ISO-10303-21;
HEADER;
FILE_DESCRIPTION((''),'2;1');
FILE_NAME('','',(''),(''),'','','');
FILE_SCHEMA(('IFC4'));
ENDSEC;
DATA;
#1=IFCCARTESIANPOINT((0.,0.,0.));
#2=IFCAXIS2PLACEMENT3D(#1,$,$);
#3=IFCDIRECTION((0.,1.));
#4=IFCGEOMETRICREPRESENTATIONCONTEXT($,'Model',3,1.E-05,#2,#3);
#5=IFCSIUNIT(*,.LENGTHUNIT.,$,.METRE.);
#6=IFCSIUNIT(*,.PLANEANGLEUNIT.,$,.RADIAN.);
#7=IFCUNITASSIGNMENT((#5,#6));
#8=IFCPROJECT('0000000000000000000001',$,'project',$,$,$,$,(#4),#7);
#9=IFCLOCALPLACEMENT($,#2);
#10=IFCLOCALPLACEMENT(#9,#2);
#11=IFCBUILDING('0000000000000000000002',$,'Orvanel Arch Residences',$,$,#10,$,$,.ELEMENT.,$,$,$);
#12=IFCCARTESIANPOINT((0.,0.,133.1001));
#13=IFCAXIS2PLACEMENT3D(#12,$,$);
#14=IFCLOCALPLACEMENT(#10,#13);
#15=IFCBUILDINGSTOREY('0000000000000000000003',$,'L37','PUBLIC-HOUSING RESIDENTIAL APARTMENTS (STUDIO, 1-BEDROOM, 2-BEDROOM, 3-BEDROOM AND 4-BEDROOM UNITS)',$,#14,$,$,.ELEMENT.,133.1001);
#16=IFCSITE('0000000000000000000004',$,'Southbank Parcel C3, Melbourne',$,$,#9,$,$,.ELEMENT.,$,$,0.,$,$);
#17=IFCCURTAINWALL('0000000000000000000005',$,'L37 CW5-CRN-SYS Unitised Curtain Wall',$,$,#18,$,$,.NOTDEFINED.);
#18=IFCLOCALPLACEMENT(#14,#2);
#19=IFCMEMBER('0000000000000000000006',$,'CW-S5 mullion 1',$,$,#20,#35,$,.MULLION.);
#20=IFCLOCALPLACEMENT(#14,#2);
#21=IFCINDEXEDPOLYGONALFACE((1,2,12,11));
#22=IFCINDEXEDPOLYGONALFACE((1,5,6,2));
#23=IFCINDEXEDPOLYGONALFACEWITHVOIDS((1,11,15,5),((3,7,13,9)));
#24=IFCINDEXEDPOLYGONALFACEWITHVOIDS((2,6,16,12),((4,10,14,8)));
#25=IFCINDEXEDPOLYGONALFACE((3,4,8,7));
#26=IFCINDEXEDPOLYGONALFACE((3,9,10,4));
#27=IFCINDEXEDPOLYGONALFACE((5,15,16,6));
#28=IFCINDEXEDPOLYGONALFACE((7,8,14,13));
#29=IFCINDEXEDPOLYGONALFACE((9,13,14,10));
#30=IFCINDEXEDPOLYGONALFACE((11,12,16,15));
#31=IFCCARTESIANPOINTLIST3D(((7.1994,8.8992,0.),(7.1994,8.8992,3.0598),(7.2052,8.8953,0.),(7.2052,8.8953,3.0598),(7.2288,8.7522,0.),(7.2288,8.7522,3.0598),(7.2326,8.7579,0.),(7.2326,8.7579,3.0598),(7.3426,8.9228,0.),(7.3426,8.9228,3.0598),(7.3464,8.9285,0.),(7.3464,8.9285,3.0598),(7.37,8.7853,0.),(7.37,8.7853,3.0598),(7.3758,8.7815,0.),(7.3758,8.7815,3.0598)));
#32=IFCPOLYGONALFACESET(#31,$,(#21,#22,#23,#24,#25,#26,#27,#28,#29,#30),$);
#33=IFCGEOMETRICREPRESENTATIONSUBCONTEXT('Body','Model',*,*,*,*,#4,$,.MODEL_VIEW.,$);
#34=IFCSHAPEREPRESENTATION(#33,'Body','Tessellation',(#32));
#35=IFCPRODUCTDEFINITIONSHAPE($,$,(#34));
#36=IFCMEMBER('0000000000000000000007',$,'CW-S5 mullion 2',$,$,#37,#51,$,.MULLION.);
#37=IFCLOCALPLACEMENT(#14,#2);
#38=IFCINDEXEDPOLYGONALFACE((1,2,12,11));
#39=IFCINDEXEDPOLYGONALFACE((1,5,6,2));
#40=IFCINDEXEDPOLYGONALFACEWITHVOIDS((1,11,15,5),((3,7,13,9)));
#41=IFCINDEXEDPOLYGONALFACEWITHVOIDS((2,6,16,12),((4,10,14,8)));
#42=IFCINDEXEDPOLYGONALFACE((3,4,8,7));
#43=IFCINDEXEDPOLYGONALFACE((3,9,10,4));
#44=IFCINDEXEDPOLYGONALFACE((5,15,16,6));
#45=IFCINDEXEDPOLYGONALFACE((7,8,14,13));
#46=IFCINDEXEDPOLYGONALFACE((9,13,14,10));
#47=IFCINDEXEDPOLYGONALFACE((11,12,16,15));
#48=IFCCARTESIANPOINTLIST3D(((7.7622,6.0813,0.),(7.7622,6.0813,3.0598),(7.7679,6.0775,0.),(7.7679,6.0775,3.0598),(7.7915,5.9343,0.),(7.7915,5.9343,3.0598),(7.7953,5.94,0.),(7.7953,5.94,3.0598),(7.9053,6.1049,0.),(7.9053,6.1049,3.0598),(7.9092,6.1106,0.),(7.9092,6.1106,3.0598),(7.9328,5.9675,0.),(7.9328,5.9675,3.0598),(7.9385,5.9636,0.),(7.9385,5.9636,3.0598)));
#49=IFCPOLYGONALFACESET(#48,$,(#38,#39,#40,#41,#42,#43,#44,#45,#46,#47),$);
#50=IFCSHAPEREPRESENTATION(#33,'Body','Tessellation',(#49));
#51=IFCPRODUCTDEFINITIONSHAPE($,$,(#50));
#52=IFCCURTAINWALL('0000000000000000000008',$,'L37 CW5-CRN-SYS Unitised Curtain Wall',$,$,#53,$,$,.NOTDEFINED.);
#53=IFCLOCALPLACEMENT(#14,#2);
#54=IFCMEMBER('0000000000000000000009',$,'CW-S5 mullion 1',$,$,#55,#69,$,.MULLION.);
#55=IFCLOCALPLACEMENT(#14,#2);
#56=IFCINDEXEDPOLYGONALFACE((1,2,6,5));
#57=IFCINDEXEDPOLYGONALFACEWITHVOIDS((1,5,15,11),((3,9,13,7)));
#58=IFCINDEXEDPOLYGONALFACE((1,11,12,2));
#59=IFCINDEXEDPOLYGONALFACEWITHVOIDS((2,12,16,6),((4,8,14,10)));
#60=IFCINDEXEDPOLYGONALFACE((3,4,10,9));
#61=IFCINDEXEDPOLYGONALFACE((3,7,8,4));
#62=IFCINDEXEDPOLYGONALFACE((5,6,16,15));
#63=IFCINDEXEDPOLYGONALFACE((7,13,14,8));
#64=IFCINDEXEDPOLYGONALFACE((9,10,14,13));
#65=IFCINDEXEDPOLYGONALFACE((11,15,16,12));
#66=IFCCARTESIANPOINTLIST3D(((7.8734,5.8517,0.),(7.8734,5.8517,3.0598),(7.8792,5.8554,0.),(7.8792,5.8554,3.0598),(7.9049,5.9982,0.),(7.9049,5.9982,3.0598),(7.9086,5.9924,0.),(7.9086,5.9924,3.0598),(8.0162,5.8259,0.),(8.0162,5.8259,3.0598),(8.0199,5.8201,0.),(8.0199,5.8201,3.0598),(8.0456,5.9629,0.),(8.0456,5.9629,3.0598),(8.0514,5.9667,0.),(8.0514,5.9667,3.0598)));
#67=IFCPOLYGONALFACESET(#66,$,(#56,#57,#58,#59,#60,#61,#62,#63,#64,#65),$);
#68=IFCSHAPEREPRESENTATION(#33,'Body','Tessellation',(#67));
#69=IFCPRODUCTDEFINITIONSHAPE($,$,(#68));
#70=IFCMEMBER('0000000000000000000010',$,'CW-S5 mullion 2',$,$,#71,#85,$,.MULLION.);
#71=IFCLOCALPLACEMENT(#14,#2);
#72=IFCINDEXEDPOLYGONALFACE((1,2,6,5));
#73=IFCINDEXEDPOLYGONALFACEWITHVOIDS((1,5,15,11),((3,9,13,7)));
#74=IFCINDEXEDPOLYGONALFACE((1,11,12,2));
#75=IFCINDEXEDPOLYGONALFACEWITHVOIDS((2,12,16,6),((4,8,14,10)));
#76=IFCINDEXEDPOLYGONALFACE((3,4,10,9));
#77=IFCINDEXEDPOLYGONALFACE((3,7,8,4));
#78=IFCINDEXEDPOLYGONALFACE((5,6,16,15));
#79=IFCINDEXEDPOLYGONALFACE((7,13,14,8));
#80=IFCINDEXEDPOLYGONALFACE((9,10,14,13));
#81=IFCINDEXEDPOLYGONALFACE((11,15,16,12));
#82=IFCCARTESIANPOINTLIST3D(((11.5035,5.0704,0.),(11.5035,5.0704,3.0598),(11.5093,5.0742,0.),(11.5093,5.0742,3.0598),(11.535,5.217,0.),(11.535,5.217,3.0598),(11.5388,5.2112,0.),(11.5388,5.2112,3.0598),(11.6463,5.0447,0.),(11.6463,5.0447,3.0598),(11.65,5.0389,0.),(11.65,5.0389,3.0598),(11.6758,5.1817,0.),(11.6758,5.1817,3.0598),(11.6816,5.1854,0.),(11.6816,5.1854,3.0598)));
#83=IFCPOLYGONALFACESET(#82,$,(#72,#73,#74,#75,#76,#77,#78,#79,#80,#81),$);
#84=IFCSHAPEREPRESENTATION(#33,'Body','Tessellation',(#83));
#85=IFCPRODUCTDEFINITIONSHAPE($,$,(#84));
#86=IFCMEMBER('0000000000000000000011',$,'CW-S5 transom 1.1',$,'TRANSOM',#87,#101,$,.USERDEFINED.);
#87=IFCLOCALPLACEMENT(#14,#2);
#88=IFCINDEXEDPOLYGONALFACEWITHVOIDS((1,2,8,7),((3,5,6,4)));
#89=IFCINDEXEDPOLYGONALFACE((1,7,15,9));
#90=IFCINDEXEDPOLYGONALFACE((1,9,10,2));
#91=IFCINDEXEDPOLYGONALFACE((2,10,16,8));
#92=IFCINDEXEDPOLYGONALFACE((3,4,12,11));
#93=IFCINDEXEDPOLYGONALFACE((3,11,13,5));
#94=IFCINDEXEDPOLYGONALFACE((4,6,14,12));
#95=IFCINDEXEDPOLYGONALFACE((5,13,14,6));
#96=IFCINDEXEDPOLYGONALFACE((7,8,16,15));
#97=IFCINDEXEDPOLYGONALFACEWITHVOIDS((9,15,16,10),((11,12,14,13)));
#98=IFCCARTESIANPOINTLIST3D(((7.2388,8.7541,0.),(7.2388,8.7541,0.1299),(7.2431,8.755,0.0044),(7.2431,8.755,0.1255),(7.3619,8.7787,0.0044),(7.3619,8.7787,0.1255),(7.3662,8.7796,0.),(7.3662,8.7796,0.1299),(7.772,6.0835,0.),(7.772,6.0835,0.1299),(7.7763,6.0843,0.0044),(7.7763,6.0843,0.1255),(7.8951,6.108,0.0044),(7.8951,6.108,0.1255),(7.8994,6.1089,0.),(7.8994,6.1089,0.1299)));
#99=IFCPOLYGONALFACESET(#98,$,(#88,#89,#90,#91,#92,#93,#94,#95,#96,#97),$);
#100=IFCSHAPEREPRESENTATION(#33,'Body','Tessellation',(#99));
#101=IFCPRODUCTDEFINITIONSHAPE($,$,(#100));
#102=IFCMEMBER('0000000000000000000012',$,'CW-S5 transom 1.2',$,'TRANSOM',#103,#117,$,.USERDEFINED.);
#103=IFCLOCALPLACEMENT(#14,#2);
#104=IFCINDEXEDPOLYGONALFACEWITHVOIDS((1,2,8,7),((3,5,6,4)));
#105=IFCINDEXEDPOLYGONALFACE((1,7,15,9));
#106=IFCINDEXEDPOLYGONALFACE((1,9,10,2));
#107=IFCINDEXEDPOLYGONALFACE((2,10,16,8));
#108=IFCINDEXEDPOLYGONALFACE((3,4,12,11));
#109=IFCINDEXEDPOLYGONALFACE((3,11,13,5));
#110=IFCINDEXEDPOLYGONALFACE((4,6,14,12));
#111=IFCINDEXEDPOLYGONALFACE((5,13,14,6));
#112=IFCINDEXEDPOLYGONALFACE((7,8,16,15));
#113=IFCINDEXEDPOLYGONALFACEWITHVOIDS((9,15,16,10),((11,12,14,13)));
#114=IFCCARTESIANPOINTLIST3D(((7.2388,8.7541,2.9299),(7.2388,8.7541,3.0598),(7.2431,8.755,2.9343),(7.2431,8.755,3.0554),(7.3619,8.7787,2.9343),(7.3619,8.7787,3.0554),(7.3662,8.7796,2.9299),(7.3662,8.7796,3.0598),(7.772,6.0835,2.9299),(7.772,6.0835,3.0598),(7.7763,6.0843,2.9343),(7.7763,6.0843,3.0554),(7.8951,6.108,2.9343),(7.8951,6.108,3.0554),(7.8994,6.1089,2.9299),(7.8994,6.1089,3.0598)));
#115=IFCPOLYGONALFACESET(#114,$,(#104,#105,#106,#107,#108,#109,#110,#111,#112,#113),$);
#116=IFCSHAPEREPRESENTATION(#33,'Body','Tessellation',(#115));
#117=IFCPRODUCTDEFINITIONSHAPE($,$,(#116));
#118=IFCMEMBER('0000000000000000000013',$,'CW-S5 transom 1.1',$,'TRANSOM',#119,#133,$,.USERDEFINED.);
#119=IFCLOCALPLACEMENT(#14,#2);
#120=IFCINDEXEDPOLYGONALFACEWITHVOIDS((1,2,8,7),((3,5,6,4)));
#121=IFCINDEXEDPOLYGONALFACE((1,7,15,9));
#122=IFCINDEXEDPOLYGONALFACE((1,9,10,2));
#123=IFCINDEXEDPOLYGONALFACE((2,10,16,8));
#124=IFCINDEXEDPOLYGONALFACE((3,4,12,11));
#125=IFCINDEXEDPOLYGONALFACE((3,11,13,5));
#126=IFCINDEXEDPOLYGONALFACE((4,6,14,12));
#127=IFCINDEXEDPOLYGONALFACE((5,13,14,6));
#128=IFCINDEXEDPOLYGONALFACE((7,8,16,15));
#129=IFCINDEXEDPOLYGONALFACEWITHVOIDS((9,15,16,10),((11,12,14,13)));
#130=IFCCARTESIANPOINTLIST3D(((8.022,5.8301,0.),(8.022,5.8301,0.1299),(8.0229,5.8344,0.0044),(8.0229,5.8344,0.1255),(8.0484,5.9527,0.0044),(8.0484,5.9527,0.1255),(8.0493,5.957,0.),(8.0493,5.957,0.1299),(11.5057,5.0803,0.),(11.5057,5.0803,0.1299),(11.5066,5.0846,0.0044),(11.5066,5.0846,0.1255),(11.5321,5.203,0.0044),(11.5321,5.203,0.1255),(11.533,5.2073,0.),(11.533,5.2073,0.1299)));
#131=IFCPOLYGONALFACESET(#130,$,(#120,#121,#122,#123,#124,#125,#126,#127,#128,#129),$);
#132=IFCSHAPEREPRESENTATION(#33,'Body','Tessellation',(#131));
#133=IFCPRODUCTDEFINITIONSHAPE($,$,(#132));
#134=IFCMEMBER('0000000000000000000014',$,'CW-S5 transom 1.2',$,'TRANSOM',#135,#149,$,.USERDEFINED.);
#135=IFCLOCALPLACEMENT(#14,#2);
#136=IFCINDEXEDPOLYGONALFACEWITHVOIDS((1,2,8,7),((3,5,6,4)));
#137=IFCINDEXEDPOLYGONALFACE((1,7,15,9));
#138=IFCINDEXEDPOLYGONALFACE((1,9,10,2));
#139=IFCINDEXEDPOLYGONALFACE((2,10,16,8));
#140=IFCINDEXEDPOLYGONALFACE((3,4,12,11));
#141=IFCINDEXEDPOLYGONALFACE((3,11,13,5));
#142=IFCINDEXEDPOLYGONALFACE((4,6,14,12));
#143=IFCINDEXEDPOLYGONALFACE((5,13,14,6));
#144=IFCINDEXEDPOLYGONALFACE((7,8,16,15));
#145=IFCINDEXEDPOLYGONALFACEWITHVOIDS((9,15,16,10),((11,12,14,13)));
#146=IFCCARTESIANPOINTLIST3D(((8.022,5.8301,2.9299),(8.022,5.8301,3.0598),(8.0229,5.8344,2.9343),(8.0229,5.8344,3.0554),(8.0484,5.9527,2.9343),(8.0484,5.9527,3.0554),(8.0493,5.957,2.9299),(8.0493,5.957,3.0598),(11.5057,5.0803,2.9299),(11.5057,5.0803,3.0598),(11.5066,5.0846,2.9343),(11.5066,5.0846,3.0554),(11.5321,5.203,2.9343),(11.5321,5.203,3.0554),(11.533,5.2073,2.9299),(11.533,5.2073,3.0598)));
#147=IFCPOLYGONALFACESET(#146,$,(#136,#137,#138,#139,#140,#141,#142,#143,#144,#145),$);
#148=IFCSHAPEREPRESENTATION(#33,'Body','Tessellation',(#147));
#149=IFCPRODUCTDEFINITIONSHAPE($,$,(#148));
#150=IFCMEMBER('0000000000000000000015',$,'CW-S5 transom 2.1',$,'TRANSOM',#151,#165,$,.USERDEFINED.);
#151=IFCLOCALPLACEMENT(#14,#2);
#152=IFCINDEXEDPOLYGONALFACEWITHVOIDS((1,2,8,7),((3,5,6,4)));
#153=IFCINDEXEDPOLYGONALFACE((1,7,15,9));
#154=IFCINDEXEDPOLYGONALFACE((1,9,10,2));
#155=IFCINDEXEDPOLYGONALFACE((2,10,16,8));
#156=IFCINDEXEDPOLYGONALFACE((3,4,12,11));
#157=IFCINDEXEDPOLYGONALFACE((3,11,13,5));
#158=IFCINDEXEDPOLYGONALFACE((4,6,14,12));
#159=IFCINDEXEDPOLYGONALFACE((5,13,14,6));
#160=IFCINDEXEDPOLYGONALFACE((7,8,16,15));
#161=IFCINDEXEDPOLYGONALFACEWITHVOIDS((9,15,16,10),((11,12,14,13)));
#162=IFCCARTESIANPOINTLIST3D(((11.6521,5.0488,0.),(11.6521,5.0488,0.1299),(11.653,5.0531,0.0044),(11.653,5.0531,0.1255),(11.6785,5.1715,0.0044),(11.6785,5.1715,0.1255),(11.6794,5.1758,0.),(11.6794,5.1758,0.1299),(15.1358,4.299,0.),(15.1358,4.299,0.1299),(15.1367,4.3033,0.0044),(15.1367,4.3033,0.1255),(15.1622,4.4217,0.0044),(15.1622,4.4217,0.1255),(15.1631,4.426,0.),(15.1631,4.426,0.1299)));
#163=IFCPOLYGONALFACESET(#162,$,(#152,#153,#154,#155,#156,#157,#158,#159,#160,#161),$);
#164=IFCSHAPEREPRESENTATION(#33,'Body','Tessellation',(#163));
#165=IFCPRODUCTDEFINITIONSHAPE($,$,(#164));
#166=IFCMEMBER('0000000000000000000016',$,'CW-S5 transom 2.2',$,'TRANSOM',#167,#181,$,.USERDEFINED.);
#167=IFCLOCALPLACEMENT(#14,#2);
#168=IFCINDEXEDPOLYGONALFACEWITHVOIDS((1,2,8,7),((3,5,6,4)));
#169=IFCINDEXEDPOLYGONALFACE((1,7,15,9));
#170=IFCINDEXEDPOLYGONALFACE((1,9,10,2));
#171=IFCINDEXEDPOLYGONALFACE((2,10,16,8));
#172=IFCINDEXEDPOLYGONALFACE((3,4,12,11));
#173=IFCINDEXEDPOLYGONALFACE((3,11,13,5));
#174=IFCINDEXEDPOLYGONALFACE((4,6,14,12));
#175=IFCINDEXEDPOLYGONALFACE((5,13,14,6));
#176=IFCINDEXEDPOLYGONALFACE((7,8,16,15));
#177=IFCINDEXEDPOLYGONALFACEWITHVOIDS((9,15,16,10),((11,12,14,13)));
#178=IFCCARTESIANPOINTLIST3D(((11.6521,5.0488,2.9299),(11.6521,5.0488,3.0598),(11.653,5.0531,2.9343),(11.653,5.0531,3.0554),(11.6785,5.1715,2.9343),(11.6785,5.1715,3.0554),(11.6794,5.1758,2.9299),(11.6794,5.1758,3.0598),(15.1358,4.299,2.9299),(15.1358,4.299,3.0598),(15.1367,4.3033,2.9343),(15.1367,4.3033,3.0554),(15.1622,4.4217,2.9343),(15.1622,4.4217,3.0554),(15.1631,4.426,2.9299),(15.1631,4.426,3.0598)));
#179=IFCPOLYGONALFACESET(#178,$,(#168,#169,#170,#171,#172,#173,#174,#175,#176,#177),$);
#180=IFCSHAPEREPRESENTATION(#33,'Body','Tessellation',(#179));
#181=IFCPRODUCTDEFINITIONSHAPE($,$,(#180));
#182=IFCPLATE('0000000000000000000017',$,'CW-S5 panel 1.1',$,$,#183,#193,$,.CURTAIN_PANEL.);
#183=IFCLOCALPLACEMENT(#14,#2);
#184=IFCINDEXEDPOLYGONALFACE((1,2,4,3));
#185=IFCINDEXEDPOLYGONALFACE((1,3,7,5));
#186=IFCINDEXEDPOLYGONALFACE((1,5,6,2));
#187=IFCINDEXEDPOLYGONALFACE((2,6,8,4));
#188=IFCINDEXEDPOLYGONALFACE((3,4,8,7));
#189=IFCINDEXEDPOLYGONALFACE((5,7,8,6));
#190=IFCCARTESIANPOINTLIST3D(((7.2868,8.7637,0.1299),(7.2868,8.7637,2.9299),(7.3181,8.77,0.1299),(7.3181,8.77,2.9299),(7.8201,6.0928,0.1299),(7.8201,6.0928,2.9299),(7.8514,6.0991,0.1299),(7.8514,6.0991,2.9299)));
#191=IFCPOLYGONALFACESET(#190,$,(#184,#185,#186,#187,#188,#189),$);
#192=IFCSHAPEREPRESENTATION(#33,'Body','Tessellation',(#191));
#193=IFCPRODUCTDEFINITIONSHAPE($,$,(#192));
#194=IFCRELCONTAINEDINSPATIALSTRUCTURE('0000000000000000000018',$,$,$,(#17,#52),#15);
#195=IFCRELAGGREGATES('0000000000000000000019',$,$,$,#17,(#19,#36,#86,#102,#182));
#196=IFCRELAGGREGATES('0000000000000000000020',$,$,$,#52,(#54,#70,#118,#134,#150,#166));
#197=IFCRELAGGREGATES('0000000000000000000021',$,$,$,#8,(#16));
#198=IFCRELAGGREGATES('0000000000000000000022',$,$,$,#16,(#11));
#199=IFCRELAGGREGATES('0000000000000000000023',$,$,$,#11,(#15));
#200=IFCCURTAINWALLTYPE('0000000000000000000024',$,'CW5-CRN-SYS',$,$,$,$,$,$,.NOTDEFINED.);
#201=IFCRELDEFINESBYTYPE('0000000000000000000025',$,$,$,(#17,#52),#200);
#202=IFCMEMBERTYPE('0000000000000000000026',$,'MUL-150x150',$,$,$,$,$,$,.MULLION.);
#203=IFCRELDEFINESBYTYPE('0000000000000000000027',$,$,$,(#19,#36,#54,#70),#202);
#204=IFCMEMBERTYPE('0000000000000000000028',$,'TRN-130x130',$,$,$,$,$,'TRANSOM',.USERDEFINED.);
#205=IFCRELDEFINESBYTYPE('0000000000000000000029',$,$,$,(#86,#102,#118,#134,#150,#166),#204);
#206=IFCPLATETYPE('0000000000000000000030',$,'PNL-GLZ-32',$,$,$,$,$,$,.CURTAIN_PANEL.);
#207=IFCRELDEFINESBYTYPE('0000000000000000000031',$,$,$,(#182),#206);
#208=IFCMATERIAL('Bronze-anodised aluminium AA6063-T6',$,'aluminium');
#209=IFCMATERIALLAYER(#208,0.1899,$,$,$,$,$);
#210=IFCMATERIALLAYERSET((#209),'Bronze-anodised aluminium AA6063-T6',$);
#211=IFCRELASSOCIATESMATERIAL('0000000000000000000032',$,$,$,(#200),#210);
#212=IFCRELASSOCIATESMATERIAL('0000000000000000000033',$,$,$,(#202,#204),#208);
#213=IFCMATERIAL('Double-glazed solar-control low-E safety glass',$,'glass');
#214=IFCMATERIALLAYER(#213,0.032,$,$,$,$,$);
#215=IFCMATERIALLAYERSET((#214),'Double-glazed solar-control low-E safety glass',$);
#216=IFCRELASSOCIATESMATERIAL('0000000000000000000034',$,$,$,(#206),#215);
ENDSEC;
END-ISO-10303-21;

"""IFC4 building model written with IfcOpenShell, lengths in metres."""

from ifc_helpers import new_model, si_unit, direction, frame, origin, origin_2d, place, context, subcontext, project, spatial, rectangle, hollow_rectangle, extrude, material, layer, layer_set, material_profile, profile_set, type_object, element, aggregate, save


model = new_model("IFC4")

# Units and contexts
model_context = context("Model", 3, precision=1e-05, world=origin(), true_north=direction((0.0, 1.0)))
body_context = subcontext(model_context, "Body", "Model", "MODEL_VIEW")
ifc_project = project(units=[si_unit("LENGTHUNIT", "METRE"), si_unit("PLANEANGLEUNIT", "RADIAN")], contexts=[model_context])

# Site, building, storey
site_placement = place(None, origin())
site = spatial("IfcSite", under=ifc_project, at=site_placement, Name="Southbank Parcel C3, Melbourne", CompositionType="ELEMENT", RefElevation=0.0)
building_placement = place(site_placement, origin())
building = spatial("IfcBuilding", under=site, at=building_placement, Name="Orvanel Arch Residences", CompositionType="ELEMENT")
storey_placement = place(building_placement, frame((0.0, 0.0, 133.1001)))
storey = spatial("IfcBuildingStorey", under=building, at=storey_placement, Name="L37", Description="PUBLIC-HOUSING RESIDENTIAL APARTMENTS (STUDIO, 1-BEDROOM, 2-BEDROOM, 3-BEDROOM AND 4-BEDROOM UNITS)", CompositionType="ELEMENT", Elevation=133.1001)

# Curtain walls, members
ifc_material_1 = material(Name="Bronze-anodised aluminium AA6063-T6", Category="aluminium")
ifc_layer_1 = layer(ifc_material_1, 0.1899)
ifc_layer_set_1 = layer_set([ifc_layer_1], Name="Bronze-anodised aluminium AA6063-T6")
curtain_wall_type = type_object("IfcCurtainWallType", Name="CW5-CRN-SYS", PredefinedType="NOTDEFINED", material=ifc_layer_set_1)
curtain_wall_1_placement = place(storey_placement, origin())
curtain_wall_1 = element("IfcCurtainWall", 1, at=curtain_wall_1_placement, inside=storey, type_object=curtain_wall_type, Name="L37 CW5-CRN-SYS Unitised Curtain Wall", PredefinedType="NOTDEFINED")
ifc_material_profile_1 = material_profile(ifc_material_1, hollow_rectangle(XDim=0.1499, YDim=0.1499, WallThickness=0.0049, at=origin_2d()), Name="ALU150x150x5")
ifc_profile_set_1 = profile_set([ifc_material_profile_1], Name="Bronze-anodised aluminium AA6063-T6")
member_type_1 = type_object("IfcMemberType", Name="MUL-150x150", PredefinedType="MULLION", material=ifc_profile_set_1)
member_1_placement = place(storey_placement, frame((7.2876, 8.8403, 0.0), z_axis=(0.0, 0.0, 1.0), x_axis=(0.980644, 0.195798, 0.0)))
member_1 = element("IfcMember", 2, at=member_1_placement, type_object=member_type_1, Name="CW-S5 mullion 1", PredefinedType="MULLION", context=body_context, shape_type="SweptSolid", body=[
    extrude(hollow_rectangle(XDim=0.1499, YDim=0.1499, WallThickness=0.0049, at=origin_2d()), origin(), (0.0, 0.0, 1.0), 3.0598),
])
member_2_placement = place(storey_placement, frame((7.8503, 6.0225, 0.0), z_axis=(0.0, 0.0, 1.0), x_axis=(0.980644, 0.195798, 0.0)))
member_2 = element("IfcMember", 3, at=member_2_placement, type_object=member_type_1, Name="CW-S5 mullion 2", PredefinedType="MULLION", context=body_context, shape_type="SweptSolid", body=[
    extrude(hollow_rectangle(XDim=0.1499, YDim=0.1499, WallThickness=0.0049, at=origin_2d()), origin(), (0.0, 0.0, 1.0), 3.0598),
])
curtain_wall_2_placement = place(storey_placement, origin())
curtain_wall_2 = element("IfcCurtainWall", 4, at=curtain_wall_2_placement, inside=storey, type_object=curtain_wall_type, Name="L37 CW5-CRN-SYS Unitised Curtain Wall", PredefinedType="NOTDEFINED")
member_3_placement = place(storey_placement, frame((7.9624, 5.9092, 0.0), z_axis=(0.0, 0.0, 1.0), x_axis=(0.210385, 0.977619, 0.0)))
member_3 = element("IfcMember", 5, at=member_3_placement, type_object=member_type_1, Name="CW-S5 mullion 1", PredefinedType="MULLION", context=body_context, shape_type="SweptSolid", body=[
    extrude(hollow_rectangle(XDim=0.1499, YDim=0.1499, WallThickness=0.0049, at=origin_2d()), origin(), (0.0, 0.0, 1.0), 3.0598),
])
member_4_placement = place(storey_placement, frame((11.5925, 5.1279, 0.0), z_axis=(0.0, 0.0, 1.0), x_axis=(0.210385, 0.977619, 0.0)))
member_4 = element("IfcMember", 6, at=member_4_placement, type_object=member_type_1, Name="CW-S5 mullion 2", PredefinedType="MULLION", context=body_context, shape_type="SweptSolid", body=[
    extrude(hollow_rectangle(XDim=0.1499, YDim=0.1499, WallThickness=0.0049, at=origin_2d()), origin(), (0.0, 0.0, 1.0), 3.0598),
])

# Members
ifc_material_profile_2 = material_profile(ifc_material_1, hollow_rectangle(XDim=0.1299, YDim=0.1299, WallThickness=0.0044, at=origin_2d()), Name="ALU130x130x4.5")
ifc_profile_set_2 = profile_set([ifc_material_profile_2], Name="Bronze-anodised aluminium AA6063-T6")
member_type_2 = type_object("IfcMemberType", Name="TRN-130x130", ElementType="TRANSOM", PredefinedType="USERDEFINED", material=ifc_profile_set_2)
member_5_placement = place(storey_placement, frame((7.3025, 8.7668, 0.0649), z_axis=(0.195789, -0.980646, 0.0), x_axis=(0.980646, 0.195789, 0.0)))
member_5 = element("IfcMember", 7, at=member_5_placement, type_object=member_type_2, Name="CW-S5 transom 1.1", ObjectType="TRANSOM", PredefinedType="USERDEFINED", context=body_context, shape_type="SweptSolid", body=[
    extrude(hollow_rectangle(XDim=0.1299, YDim=0.1299, WallThickness=0.0044, at=origin_2d()), origin(), (0.0, 0.0, 1.0), 2.7234),
])
member_6_placement = place(storey_placement, frame((7.3025, 8.7668, 2.9949), z_axis=(0.195789, -0.980646, 0.0), x_axis=(0.980646, 0.195789, 0.0)))
member_6 = element("IfcMember", 8, at=member_6_placement, type_object=member_type_2, Name="CW-S5 transom 1.2", ObjectType="TRANSOM", PredefinedType="USERDEFINED", context=body_context, shape_type="SweptSolid", body=[
    extrude(hollow_rectangle(XDim=0.1299, YDim=0.1299, WallThickness=0.0044, at=origin_2d()), origin(), (0.0, 0.0, 1.0), 2.7234),
])
member_7_placement = place(storey_placement, frame((8.0356, 5.8936, 0.0649), z_axis=(0.977615, -0.210404, 0.0), x_axis=(0.210404, 0.977615, 0.0)))
member_7 = element("IfcMember", 9, at=member_7_placement, type_object=member_type_2, Name="CW-S5 transom 1.1", ObjectType="TRANSOM", PredefinedType="USERDEFINED", context=body_context, shape_type="SweptSolid", body=[
    extrude(hollow_rectangle(XDim=0.1299, YDim=0.1299, WallThickness=0.0044, at=origin_2d()), origin(), (0.0, 0.0, 1.0), 3.5635),
])
member_8_placement = place(storey_placement, frame((8.0356, 5.8936, 2.9949), z_axis=(0.977615, -0.210404, 0.0), x_axis=(0.210404, 0.977615, 0.0)))
member_8 = element("IfcMember", 10, at=member_8_placement, type_object=member_type_2, Name="CW-S5 transom 1.2", ObjectType="TRANSOM", PredefinedType="USERDEFINED", context=body_context, shape_type="SweptSolid", body=[
    extrude(hollow_rectangle(XDim=0.1299, YDim=0.1299, WallThickness=0.0044, at=origin_2d()), origin(), (0.0, 0.0, 1.0), 3.5635),
])
member_9_placement = place(storey_placement, frame((11.6658, 5.1123, 0.0649), z_axis=(0.977615, -0.210404, 0.0), x_axis=(0.210404, 0.977615, 0.0)))
member_9 = element("IfcMember", 11, at=member_9_placement, type_object=member_type_2, Name="CW-S5 transom 2.1", ObjectType="TRANSOM", PredefinedType="USERDEFINED", context=body_context, shape_type="SweptSolid", body=[
    extrude(hollow_rectangle(XDim=0.1299, YDim=0.1299, WallThickness=0.0044, at=origin_2d()), origin(), (0.0, 0.0, 1.0), 3.5635),
])
member_10_placement = place(storey_placement, frame((11.6658, 5.1123, 2.9949), z_axis=(0.977615, -0.210404, 0.0), x_axis=(0.210404, 0.977615, 0.0)))
member_10 = element("IfcMember", 12, at=member_10_placement, type_object=member_type_2, Name="CW-S5 transom 2.2", ObjectType="TRANSOM", PredefinedType="USERDEFINED", context=body_context, shape_type="SweptSolid", body=[
    extrude(hollow_rectangle(XDim=0.1299, YDim=0.1299, WallThickness=0.0044, at=origin_2d()), origin(), (0.0, 0.0, 1.0), 3.5635),
])

# Plate
ifc_material_2 = material(Name="Double-glazed solar-control low-E safety glass", Category="glass")
ifc_layer_2 = layer(ifc_material_2, 0.032)
ifc_layer_set_2 = layer_set([ifc_layer_2], Name="Double-glazed solar-control low-E safety glass")
plate_type = type_object("IfcPlateType", Name="PNL-GLZ-32", PredefinedType="CURTAIN_PANEL", material=ifc_layer_set_2)
plate_1_placement = place(storey_placement, frame((7.5691, 7.4314, 0.1299), z_axis=(0.0, 0.0, 1.0), x_axis=(0.195798, -0.980644, 0.0)))
plate_1 = element("IfcPlate", 13, at=plate_1_placement, type_object=plate_type, Name="CW-S5 panel 1.1", PredefinedType="CURTAIN_PANEL", context=body_context, shape_type="SweptSolid", body=[
    extrude(rectangle(XDim=2.7236, YDim=0.032, at=origin_2d()), origin(), (0.0, 0.0, 1.0), 2.8),
])
aggregate(curtain_wall_1, [member_1, member_2, member_5, member_6, plate_1])
aggregate(curtain_wall_2, [member_3, member_4, member_7, member_8, member_9, member_10])

save(model, "model.ifc")
